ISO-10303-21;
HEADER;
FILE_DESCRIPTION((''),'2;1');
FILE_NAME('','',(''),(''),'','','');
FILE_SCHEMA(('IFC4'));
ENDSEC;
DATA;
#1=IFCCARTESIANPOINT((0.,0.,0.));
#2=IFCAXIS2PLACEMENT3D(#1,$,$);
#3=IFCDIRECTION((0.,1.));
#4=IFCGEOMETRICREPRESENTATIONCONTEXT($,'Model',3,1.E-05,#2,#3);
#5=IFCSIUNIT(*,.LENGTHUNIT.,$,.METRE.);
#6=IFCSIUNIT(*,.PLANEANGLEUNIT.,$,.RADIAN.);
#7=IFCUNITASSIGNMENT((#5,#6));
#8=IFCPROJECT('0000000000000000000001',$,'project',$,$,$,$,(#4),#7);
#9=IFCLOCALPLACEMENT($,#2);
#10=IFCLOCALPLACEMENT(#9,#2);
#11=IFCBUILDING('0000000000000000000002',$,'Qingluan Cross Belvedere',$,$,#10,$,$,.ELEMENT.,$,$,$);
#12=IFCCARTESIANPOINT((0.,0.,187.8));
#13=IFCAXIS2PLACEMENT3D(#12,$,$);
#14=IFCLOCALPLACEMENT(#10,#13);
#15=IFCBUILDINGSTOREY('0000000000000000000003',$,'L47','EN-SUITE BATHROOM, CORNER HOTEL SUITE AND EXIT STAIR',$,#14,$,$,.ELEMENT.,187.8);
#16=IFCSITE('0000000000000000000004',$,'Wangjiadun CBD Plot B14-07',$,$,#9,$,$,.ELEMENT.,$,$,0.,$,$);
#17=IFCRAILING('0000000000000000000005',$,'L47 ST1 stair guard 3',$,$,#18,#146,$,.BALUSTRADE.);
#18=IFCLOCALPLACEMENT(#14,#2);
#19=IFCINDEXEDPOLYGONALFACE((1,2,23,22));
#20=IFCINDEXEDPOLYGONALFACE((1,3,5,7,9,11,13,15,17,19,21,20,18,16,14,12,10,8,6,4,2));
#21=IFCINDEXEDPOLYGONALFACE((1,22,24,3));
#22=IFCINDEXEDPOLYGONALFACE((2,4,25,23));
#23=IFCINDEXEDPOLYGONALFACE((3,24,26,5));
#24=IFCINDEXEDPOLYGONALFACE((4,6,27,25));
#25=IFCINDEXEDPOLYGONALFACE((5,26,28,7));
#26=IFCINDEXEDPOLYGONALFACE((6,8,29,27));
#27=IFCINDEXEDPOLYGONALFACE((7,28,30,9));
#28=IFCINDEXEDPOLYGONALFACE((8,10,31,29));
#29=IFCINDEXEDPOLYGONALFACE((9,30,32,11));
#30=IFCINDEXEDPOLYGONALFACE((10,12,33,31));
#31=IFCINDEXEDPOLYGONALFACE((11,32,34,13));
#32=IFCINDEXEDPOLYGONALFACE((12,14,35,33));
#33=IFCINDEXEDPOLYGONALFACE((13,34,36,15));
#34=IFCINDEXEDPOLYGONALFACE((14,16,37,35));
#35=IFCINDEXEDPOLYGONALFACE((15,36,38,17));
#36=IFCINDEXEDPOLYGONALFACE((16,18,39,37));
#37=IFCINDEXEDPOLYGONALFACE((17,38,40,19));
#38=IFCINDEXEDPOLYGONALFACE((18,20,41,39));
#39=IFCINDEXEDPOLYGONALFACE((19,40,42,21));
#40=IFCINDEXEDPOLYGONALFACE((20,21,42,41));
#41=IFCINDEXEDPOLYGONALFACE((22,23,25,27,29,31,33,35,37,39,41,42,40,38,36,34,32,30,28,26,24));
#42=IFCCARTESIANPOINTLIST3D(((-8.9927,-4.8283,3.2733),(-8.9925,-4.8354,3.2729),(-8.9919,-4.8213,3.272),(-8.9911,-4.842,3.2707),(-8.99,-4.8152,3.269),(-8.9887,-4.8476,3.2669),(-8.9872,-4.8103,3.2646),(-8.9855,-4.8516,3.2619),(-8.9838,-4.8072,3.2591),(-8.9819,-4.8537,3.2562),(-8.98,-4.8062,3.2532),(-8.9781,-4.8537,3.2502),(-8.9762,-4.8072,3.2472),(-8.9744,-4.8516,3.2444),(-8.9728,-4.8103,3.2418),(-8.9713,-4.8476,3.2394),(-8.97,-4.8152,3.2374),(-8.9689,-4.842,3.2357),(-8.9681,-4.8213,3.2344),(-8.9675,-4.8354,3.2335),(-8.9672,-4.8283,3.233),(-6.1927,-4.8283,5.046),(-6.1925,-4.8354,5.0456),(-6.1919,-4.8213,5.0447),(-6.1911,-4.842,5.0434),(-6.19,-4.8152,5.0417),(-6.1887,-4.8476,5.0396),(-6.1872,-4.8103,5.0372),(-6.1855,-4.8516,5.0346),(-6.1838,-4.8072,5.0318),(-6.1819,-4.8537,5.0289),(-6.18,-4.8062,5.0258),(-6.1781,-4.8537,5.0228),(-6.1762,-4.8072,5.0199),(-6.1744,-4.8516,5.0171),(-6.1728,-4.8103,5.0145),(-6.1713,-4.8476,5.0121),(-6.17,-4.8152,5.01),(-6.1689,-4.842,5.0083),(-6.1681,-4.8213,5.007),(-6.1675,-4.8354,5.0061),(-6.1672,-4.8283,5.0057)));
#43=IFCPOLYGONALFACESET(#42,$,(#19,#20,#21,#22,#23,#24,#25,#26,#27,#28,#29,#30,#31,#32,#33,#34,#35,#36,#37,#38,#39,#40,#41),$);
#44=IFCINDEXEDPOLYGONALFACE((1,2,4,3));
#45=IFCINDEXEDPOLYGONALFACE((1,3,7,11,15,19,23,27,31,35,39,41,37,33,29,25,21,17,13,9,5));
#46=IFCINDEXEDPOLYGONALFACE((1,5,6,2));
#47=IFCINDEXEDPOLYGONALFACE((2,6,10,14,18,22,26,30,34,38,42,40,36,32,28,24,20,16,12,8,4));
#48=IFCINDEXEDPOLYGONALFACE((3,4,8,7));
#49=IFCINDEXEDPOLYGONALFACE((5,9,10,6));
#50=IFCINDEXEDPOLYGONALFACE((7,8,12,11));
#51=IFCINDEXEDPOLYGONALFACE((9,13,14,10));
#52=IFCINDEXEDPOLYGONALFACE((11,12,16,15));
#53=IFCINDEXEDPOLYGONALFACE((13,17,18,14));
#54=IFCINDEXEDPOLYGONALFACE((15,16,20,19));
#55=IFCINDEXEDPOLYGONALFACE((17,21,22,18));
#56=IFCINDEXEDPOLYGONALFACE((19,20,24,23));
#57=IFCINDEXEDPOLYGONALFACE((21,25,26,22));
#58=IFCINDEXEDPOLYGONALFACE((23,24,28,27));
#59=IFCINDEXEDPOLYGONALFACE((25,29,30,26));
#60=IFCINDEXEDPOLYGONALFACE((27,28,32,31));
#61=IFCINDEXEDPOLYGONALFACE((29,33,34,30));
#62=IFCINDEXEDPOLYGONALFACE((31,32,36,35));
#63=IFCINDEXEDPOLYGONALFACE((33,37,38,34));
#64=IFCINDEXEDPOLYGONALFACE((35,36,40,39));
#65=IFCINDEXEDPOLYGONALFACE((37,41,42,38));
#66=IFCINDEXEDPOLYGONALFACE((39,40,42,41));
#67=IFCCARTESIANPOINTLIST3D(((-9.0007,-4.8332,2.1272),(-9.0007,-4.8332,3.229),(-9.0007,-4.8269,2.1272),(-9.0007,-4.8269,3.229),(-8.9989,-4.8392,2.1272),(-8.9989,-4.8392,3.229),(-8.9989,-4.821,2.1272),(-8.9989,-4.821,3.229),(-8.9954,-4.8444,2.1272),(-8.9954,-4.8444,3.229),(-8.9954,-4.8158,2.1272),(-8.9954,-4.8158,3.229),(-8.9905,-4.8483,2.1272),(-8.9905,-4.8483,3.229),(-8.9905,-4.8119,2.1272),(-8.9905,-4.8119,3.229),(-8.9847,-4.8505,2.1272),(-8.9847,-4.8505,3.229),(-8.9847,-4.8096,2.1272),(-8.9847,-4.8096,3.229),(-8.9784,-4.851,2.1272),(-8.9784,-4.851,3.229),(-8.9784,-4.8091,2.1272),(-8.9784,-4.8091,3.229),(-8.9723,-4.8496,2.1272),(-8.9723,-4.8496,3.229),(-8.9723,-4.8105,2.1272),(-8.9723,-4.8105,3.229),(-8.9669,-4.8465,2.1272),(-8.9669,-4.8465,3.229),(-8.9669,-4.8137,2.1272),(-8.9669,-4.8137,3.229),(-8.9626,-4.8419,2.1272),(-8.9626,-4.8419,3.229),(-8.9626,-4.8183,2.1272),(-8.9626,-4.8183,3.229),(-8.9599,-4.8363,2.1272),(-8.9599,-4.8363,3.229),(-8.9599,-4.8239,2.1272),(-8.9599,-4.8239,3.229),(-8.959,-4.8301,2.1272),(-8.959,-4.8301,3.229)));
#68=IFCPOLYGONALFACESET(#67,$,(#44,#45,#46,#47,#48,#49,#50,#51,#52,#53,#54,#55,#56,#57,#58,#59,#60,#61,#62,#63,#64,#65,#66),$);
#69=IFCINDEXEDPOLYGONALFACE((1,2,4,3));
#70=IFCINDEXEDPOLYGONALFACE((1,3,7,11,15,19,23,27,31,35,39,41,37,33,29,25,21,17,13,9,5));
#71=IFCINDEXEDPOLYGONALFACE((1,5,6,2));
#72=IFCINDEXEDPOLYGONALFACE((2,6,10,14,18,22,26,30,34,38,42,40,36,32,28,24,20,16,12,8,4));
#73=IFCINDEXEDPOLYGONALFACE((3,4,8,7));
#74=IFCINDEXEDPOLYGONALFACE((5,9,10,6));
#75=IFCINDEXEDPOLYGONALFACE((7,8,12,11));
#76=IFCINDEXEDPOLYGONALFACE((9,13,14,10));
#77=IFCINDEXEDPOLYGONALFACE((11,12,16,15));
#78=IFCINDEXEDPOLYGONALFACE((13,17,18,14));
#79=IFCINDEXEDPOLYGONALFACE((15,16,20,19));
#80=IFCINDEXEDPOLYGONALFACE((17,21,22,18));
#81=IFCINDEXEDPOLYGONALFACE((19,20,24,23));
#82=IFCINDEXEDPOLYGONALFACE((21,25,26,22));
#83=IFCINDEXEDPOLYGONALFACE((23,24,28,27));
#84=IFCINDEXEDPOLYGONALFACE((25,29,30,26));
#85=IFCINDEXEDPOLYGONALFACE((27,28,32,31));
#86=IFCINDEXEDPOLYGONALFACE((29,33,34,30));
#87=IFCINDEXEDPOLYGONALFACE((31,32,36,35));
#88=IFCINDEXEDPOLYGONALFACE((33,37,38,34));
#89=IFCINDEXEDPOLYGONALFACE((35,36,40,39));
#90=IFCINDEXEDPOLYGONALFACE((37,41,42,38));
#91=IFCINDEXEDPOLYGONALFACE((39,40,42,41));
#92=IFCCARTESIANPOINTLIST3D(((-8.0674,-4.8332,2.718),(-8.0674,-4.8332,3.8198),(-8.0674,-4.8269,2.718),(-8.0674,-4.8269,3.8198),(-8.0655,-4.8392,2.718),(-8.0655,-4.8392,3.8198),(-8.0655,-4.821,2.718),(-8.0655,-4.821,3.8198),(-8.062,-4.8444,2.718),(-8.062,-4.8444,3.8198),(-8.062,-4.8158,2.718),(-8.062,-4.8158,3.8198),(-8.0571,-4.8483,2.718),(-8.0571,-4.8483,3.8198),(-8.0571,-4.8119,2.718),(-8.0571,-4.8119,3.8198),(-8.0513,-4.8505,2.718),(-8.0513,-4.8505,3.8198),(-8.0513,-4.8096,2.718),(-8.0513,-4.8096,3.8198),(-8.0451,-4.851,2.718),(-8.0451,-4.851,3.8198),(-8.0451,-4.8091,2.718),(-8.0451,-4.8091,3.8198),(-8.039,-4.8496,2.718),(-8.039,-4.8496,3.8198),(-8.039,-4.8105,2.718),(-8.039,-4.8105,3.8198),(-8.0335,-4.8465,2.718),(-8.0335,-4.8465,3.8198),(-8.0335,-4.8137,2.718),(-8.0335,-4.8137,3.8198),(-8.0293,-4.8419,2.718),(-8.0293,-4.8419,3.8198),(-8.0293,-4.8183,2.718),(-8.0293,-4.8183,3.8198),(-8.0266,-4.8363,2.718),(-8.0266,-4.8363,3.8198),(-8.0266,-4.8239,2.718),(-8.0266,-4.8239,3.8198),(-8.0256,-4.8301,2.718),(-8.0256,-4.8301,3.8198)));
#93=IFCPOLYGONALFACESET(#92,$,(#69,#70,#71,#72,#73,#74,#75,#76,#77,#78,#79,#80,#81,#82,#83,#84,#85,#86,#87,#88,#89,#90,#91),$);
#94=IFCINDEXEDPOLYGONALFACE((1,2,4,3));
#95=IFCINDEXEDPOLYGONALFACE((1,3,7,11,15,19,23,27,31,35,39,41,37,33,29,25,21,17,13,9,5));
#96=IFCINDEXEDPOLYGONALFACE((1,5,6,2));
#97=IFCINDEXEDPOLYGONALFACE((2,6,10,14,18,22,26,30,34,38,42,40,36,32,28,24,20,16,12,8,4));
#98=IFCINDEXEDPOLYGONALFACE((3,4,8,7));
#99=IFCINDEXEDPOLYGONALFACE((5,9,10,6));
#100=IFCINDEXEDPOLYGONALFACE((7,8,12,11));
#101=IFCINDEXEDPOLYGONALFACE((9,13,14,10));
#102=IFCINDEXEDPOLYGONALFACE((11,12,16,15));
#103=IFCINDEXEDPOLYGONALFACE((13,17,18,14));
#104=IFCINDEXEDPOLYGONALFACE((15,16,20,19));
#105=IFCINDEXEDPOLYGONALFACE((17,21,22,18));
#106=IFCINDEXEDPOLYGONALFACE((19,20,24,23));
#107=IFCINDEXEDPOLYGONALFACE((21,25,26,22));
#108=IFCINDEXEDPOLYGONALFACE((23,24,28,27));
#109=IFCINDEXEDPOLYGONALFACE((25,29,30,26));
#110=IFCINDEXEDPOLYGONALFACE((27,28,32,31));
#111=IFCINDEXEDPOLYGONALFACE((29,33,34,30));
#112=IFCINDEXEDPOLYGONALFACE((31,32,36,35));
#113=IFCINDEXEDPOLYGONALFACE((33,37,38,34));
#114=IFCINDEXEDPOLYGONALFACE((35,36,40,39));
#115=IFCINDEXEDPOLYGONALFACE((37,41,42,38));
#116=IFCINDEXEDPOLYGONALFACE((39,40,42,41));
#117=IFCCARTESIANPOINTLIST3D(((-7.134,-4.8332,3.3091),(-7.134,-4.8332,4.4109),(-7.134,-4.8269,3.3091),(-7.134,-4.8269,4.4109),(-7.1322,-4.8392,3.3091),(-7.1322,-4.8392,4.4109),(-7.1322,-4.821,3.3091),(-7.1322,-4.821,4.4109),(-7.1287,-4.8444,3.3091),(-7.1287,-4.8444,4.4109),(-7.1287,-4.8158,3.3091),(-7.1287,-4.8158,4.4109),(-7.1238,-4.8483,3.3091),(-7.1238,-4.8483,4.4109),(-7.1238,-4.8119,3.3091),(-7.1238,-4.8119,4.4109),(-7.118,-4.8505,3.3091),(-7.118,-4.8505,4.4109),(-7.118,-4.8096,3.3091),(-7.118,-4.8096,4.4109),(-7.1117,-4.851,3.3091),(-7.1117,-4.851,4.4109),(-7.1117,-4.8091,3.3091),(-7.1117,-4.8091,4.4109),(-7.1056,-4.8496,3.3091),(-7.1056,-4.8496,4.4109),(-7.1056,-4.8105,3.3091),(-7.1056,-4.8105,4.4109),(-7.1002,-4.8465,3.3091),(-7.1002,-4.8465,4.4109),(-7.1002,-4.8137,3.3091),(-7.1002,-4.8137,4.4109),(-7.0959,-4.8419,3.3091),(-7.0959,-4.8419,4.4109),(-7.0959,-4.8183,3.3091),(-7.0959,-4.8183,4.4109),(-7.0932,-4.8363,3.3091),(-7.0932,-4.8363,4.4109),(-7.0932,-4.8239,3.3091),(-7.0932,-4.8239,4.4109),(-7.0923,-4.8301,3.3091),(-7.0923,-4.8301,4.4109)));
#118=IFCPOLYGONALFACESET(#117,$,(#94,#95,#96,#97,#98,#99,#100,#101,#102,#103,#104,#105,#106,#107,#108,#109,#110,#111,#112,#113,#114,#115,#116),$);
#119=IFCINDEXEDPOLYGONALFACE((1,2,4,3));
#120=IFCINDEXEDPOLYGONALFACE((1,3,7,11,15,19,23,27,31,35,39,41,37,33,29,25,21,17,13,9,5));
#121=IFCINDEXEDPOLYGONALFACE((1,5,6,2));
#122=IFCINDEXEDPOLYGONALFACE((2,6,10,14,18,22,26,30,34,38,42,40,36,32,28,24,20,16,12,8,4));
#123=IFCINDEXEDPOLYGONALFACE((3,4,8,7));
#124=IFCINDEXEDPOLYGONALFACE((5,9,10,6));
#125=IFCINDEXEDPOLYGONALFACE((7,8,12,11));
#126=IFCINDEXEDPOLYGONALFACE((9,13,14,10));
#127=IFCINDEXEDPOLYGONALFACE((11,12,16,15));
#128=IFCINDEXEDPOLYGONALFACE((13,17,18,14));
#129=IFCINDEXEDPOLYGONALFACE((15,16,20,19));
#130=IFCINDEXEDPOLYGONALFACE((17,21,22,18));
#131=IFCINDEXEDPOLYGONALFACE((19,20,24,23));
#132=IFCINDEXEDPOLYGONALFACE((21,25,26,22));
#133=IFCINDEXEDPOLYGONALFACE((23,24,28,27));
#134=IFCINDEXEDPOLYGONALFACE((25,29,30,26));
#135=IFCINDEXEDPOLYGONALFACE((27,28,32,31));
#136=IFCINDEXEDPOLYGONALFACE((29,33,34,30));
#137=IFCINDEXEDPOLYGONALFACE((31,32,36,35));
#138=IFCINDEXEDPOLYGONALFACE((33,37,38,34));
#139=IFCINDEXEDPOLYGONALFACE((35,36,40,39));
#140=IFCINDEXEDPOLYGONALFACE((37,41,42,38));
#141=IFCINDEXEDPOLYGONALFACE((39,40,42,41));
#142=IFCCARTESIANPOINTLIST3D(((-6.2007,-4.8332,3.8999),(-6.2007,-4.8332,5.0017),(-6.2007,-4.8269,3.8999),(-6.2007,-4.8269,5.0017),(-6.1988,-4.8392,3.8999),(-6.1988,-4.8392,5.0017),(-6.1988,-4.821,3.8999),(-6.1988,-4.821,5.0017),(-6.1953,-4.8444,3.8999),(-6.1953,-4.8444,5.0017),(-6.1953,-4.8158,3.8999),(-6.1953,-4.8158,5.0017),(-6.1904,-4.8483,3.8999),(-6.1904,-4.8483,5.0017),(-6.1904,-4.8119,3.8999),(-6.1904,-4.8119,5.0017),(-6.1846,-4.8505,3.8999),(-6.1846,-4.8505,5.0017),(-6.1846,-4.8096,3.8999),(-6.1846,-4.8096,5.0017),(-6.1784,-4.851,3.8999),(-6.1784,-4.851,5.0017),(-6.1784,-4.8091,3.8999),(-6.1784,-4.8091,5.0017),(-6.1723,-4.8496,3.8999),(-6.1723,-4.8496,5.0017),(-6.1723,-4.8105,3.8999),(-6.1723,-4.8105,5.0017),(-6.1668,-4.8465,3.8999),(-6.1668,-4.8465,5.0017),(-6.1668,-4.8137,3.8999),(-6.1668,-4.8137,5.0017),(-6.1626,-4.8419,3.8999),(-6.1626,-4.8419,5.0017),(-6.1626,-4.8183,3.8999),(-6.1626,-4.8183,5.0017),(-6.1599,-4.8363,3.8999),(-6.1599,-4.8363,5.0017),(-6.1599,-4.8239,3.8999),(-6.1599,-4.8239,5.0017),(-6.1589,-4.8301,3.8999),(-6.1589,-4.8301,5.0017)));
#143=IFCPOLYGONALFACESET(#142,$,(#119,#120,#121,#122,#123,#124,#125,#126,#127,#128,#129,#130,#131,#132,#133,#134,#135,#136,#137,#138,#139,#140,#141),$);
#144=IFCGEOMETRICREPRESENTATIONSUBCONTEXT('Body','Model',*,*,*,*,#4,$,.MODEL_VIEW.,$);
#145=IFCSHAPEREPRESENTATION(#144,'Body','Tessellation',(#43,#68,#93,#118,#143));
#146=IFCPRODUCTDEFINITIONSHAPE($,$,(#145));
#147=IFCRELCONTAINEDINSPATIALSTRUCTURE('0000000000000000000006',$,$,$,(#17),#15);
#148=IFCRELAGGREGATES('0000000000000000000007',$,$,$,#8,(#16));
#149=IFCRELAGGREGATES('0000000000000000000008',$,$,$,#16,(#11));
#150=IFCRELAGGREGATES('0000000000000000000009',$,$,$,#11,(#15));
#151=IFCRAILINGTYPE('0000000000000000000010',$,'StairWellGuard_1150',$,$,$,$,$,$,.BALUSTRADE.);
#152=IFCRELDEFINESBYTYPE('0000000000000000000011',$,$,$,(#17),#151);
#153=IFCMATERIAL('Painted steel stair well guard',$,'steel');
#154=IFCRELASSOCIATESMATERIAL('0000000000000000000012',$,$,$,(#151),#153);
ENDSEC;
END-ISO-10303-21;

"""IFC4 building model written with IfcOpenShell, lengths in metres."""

from ifc_helpers import new_model, si_unit, direction, frame, origin, origin_2d, place, context, subcontext, project, spatial, circle, extrude, material, type_object, element, save


model = new_model("IFC4")

# Units and contexts
model_context = context("Model", 3, precision=1e-05, world=origin(), true_north=direction((0.0, 1.0)))
body_context = subcontext(model_context, "Body", "Model", "MODEL_VIEW")
ifc_project = project(units=[si_unit("LENGTHUNIT", "METRE"), si_unit("PLANEANGLEUNIT", "RADIAN")], contexts=[model_context])

# Site, building, storey
site_placement = place(None, origin())
site = spatial("IfcSite", under=ifc_project, at=site_placement, Name="Wangjiadun CBD Plot B14-07", CompositionType="ELEMENT", RefElevation=0.0)
building_placement = place(site_placement, origin())
building = spatial("IfcBuilding", under=site, at=building_placement, Name="Qingluan Cross Belvedere", CompositionType="ELEMENT")
storey_placement = place(building_placement, frame((0.0, 0.0, 187.8)))
storey = spatial("IfcBuildingStorey", under=building, at=storey_placement, Name="L47", Description="EN-SUITE BATHROOM, CORNER HOTEL SUITE AND EXIT STAIR", CompositionType="ELEMENT", Elevation=187.8)

# Railing
ifc_material_1 = material(Name="Painted steel stair well guard", Category="steel")
railing_type_1 = type_object("IfcRailingType", Name="StairWellGuard_1150", PredefinedType="BALUSTRADE", material=ifc_material_1)
railing_1_placement = place(storey_placement, frame((-8.98, -4.8301, 2.1272)))
element("IfcRailing", 1, at=railing_1_placement, inside=storey, type_object=railing_type_1, Name="L47 ST1 stair guard 3", PredefinedType="BALUSTRADE", context=body_context, shape_type="SweptSolid", body=[
    extrude(circle(Radius=0.0239, at=origin_2d()), frame((0.0, 0.0, 1.126), z_axis=(0.844909, 0.0, 0.53491), x_axis=(0.0, 1.0, 0.0)), (0.0, 0.0, 1.0), 3.314),
    extrude(circle(Radius=0.021, at=origin_2d()), origin(), (0.0, 0.0, 1.0), 1.1018),
    extrude(circle(Radius=0.021, at=origin_2d()), frame((0.9333, 0.0, 0.5908)), (0.0, 0.0, 1.0), 1.1018),
    extrude(circle(Radius=0.021, at=origin_2d()), frame((1.8667, 0.0, 1.1819)), (0.0, 0.0, 1.0), 1.1018),
    extrude(circle(Radius=0.021, at=origin_2d()), frame((2.8, 0.0, 1.7727)), (0.0, 0.0, 1.0), 1.1018),
])

save(model, "model.ifc")
